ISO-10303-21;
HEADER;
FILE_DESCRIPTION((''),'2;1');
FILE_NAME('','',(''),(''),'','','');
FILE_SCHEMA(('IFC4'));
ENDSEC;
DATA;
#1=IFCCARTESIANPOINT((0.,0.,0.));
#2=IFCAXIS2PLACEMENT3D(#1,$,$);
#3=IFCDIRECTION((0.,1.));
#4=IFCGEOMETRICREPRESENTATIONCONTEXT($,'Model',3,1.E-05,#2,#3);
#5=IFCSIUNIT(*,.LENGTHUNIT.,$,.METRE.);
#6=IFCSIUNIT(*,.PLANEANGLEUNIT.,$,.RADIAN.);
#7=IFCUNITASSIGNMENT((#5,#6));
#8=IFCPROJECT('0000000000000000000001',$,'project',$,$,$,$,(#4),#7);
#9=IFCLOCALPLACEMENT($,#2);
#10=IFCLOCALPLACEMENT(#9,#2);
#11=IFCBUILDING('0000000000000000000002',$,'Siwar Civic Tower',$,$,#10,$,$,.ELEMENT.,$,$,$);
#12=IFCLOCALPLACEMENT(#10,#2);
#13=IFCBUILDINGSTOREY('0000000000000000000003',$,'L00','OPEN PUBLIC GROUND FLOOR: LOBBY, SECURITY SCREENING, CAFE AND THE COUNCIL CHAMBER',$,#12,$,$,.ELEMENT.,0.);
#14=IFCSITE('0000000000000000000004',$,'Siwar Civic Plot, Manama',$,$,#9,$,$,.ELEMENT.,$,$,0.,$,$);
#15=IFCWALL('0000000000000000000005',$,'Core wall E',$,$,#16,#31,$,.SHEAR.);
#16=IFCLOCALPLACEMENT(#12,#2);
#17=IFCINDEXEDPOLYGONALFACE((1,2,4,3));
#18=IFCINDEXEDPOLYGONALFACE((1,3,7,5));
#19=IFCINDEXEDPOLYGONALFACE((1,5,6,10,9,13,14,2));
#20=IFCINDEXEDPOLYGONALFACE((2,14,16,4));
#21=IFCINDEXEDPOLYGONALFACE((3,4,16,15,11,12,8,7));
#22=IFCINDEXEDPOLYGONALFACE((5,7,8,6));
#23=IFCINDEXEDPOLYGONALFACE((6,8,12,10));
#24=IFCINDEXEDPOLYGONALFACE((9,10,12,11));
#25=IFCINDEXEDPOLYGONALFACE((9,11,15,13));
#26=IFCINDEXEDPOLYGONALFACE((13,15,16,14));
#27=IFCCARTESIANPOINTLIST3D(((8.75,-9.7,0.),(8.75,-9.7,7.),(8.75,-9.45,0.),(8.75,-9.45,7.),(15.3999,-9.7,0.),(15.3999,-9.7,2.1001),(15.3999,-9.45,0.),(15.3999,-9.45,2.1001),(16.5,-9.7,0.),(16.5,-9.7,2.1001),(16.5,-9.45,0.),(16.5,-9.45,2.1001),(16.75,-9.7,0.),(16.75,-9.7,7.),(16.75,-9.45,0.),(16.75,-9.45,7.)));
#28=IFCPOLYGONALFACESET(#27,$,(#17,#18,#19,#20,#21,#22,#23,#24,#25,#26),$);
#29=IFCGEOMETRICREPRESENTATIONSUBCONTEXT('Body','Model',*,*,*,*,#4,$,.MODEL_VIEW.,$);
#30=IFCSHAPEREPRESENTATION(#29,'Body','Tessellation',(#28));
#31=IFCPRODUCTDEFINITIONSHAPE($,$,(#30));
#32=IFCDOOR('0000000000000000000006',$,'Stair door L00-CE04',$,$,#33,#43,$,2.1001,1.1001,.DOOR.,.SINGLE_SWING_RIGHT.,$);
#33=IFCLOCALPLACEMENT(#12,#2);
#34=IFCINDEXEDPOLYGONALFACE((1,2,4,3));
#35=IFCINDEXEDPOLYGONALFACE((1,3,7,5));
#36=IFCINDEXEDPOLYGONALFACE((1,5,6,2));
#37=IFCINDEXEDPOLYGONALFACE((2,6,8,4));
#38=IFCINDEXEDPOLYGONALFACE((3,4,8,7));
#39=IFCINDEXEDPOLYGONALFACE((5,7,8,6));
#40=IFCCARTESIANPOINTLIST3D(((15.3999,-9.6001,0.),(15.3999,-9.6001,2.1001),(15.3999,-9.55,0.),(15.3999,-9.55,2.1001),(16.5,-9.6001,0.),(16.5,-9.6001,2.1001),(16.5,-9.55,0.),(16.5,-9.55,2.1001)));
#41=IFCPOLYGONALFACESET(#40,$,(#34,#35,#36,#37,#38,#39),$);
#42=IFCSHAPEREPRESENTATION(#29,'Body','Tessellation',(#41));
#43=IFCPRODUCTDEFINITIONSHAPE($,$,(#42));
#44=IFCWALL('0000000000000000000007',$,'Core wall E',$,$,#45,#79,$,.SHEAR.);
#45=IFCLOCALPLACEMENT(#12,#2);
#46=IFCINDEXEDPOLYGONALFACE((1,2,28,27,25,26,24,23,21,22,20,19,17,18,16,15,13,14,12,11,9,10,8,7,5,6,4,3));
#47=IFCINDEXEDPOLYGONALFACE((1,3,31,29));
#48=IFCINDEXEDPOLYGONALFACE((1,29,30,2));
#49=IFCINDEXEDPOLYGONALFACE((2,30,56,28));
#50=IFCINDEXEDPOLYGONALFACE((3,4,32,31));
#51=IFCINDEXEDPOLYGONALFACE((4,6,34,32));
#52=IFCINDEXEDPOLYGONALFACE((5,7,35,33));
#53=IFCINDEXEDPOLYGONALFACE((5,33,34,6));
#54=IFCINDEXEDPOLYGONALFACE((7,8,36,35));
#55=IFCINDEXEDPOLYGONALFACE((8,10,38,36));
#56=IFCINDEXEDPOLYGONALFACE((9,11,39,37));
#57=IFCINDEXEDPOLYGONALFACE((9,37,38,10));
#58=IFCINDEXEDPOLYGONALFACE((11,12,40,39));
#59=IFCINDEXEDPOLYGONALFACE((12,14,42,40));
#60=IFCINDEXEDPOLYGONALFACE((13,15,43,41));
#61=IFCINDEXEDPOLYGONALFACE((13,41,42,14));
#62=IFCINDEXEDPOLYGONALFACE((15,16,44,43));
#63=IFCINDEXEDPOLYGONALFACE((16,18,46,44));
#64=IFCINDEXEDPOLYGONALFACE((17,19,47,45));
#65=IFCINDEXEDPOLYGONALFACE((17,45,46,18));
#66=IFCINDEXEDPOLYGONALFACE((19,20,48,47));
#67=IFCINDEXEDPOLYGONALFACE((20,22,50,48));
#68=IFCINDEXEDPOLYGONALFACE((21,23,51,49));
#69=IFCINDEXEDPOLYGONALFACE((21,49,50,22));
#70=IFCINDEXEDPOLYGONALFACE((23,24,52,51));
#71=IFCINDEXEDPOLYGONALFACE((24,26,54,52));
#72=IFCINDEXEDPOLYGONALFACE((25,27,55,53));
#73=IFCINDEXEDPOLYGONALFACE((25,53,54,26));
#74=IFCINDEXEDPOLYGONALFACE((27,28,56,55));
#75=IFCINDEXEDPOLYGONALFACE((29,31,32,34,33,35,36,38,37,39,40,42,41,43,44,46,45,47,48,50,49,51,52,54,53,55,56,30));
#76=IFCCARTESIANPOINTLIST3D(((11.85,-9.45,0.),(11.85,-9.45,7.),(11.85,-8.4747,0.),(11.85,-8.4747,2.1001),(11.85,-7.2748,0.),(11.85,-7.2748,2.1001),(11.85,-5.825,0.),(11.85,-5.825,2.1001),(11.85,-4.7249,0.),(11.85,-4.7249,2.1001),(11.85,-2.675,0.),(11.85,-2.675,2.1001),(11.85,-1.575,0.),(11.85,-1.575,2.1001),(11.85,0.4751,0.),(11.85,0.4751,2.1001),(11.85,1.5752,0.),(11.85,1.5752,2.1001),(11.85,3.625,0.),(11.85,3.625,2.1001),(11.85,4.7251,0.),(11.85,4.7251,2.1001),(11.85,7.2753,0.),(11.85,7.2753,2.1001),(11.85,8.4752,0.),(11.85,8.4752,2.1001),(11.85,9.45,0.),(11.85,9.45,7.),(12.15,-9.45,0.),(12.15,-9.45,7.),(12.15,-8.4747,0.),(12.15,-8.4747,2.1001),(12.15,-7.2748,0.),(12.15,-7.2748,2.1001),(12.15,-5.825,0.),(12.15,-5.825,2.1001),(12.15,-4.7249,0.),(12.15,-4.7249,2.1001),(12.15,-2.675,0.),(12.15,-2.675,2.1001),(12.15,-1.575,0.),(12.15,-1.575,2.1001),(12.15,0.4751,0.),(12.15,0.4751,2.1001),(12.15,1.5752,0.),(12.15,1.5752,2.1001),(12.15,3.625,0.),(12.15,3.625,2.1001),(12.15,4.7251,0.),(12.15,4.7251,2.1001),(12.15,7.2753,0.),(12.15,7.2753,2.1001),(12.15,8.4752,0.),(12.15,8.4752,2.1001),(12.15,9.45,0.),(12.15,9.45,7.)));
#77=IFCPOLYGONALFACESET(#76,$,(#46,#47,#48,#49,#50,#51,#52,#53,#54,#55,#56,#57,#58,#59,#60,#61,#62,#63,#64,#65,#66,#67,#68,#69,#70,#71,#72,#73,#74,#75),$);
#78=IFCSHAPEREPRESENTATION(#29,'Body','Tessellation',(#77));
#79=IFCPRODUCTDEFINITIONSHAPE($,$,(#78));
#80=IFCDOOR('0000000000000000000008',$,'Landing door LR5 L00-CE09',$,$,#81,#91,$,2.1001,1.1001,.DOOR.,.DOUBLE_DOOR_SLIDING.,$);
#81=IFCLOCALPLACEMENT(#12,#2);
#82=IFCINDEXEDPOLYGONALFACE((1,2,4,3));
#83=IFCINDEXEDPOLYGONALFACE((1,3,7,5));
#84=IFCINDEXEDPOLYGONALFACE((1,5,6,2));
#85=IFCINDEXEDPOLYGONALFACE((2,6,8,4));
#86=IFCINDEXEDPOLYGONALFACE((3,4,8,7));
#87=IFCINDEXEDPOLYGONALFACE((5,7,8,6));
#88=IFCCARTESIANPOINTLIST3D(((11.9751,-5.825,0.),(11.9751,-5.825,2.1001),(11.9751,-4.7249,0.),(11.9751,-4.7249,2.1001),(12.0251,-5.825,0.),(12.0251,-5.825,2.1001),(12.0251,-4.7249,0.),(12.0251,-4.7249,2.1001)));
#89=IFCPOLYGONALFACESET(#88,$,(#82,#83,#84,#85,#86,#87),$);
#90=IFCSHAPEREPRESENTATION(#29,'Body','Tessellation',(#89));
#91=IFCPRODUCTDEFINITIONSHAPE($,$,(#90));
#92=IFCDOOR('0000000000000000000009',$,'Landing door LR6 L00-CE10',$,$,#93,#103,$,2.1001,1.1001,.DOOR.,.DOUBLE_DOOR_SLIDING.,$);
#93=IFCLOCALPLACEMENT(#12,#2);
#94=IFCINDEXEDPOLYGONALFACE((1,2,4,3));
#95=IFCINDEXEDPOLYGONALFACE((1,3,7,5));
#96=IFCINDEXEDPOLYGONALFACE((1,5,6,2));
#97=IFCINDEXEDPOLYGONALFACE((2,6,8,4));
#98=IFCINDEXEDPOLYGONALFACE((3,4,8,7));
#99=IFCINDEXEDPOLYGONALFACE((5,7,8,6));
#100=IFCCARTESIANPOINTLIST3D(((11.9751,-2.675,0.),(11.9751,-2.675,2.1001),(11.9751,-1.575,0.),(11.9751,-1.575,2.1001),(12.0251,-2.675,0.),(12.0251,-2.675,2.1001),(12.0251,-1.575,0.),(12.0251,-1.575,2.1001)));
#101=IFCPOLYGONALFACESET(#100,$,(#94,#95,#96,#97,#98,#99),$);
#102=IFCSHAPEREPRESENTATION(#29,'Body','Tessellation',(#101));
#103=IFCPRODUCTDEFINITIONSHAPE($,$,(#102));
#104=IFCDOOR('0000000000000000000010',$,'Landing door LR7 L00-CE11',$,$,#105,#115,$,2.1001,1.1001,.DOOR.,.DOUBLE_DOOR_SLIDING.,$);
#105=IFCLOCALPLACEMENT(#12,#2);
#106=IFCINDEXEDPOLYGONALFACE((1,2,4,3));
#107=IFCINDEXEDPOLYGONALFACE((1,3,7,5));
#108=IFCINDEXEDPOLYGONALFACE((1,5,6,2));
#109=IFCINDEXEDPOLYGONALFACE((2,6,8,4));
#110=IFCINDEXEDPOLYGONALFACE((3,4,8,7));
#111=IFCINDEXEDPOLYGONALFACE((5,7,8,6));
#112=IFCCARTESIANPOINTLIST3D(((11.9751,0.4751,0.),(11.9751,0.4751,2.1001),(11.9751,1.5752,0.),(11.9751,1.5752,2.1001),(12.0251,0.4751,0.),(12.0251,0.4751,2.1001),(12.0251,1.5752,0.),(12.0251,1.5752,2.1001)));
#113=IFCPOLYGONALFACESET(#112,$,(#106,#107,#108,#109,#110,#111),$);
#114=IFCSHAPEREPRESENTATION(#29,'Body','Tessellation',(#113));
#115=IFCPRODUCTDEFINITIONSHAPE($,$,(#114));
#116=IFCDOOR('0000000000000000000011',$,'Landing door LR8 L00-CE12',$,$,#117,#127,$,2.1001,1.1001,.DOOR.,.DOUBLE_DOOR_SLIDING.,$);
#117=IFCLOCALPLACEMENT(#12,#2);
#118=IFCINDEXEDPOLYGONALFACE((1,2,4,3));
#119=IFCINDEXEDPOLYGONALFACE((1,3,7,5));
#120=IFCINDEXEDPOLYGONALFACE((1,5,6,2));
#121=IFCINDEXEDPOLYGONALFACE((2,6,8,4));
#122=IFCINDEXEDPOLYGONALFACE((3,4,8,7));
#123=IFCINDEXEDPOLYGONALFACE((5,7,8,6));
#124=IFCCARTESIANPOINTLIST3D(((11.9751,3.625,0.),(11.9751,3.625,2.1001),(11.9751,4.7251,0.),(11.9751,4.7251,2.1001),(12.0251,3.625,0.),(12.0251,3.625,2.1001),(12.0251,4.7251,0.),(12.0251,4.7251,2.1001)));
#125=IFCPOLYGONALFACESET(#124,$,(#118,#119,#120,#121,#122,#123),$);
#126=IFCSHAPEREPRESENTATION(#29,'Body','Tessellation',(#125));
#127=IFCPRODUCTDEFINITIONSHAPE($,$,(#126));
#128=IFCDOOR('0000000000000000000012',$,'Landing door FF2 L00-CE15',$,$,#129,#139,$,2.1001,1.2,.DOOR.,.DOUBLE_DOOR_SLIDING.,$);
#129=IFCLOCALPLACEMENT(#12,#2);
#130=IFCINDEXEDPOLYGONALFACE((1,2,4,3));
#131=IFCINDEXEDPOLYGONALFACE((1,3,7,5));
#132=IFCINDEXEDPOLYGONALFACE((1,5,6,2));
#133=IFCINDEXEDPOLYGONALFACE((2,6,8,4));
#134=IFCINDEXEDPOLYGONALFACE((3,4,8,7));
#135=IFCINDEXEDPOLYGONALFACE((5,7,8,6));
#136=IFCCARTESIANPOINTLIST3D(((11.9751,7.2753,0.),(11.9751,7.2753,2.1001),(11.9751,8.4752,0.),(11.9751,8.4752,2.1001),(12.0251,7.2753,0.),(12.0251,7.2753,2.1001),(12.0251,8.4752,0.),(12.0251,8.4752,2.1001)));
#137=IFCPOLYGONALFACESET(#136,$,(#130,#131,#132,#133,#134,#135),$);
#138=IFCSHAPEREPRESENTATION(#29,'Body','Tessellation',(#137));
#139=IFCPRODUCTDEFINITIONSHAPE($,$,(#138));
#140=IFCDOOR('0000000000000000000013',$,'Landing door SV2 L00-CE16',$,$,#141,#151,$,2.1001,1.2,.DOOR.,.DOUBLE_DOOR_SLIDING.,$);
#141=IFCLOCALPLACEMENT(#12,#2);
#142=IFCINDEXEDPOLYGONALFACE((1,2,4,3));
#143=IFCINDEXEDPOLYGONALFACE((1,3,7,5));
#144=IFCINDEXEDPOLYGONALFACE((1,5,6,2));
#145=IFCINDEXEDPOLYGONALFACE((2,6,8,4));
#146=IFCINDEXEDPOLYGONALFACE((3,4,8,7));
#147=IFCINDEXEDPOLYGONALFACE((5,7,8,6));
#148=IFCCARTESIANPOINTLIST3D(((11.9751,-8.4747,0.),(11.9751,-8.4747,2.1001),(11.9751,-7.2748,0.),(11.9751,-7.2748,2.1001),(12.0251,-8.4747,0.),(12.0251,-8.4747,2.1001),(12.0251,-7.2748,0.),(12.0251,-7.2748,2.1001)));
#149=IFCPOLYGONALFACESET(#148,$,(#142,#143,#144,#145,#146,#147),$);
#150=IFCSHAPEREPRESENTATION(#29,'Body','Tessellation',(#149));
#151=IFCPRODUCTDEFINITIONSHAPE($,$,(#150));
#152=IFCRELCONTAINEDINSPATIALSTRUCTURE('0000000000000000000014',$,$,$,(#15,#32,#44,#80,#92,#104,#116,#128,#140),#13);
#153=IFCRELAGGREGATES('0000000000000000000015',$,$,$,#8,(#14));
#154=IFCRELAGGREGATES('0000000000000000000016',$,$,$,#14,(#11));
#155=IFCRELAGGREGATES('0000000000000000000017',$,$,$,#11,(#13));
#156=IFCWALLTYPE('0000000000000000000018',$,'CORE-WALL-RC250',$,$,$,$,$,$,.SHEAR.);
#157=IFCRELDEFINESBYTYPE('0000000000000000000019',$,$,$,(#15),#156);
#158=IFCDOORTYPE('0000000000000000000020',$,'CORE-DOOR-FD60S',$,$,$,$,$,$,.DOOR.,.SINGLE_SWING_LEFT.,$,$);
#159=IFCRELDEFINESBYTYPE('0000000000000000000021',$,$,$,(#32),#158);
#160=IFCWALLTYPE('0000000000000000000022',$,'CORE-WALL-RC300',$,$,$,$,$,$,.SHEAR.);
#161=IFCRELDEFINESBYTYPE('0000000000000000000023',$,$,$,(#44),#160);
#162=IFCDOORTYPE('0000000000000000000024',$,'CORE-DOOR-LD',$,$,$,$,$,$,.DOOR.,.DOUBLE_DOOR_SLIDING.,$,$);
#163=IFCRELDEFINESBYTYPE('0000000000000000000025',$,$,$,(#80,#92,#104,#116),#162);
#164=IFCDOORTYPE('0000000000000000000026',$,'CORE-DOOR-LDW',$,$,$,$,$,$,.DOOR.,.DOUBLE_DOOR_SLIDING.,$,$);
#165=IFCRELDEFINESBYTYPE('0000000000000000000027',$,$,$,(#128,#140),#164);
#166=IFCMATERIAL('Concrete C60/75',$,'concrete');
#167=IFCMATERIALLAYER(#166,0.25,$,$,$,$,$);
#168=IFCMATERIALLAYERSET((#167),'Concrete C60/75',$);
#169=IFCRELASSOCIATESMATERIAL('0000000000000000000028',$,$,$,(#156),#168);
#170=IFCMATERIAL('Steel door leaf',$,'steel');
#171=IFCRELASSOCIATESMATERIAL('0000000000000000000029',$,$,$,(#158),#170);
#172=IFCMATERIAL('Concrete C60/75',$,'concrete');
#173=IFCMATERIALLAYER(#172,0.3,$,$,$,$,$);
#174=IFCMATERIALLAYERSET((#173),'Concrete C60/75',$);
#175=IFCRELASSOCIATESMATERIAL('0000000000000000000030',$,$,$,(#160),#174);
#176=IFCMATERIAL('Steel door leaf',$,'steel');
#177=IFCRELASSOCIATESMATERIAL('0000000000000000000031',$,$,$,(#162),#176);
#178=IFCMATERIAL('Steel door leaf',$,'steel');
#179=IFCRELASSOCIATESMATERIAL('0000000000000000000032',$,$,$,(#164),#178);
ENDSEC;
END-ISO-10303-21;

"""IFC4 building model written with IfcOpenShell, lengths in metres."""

from ifc_helpers import new_model, si_unit, direction, frame, frame_2d, origin, place, context, subcontext, project, spatial, rectangle, extrude, material, layer, layer_set, type_object, element, fill, save


model = new_model("IFC4")

# Units and contexts
model_context = context("Model", 3, precision=1e-05, world=origin(), true_north=direction((0.0, 1.0)))
body_context = subcontext(model_context, "Body", "Model", "MODEL_VIEW")
ifc_project = project(units=[si_unit("LENGTHUNIT", "METRE"), si_unit("PLANEANGLEUNIT", "RADIAN")], contexts=[model_context])

# Site, building, storey
site_placement = place(None, origin())
site = spatial("IfcSite", under=ifc_project, at=site_placement, Name="Siwar Civic Plot, Manama", CompositionType="ELEMENT", RefElevation=0.0)
building_placement = place(site_placement, origin())
building = spatial("IfcBuilding", under=site, at=building_placement, Name="Siwar Civic Tower", CompositionType="ELEMENT")
storey_placement = place(building_placement, origin())
storey = spatial("IfcBuildingStorey", under=building, at=storey_placement, Name="L00", Description="OPEN PUBLIC GROUND FLOOR: LOBBY, SECURITY SCREENING, CAFE AND THE COUNCIL CHAMBER", CompositionType="ELEMENT", Elevation=0.0)

# Wall, opening, door
ifc_material_1 = material(Name="Concrete C60/75", Category="concrete")
ifc_layer_1 = layer(ifc_material_1, 0.25)
ifc_layer_set_1 = layer_set([ifc_layer_1], Name="Concrete C60/75")
wall_type_1 = type_object("IfcWallType", Name="CORE-WALL-RC250", PredefinedType="SHEAR", material=ifc_layer_set_1)
wall_1_placement = place(storey_placement, frame((8.75, -9.575, 0.0), z_axis=(0.0, 0.0, 1.0), x_axis=(1.0, 0.0, 0.0)))
wall_1 = element("IfcWall", 1, at=wall_1_placement, inside=storey, type_object=wall_type_1, Name="Core wall E", PredefinedType="SHEAR", context=body_context, shape_type="SweptSolid", body=[
    extrude(rectangle(XDim=8.0, YDim=0.25, at=frame_2d((4.0, 0.0))), origin(), (0.0, 0.0, 1.0), 7.0),
])
opening_1_placement = place(wall_1_placement, frame((6.6499, 0.0, 0.0)))
opening_1 = element("IfcOpeningElement", 2, at=opening_1_placement, cuts=wall_1, PredefinedType="OPENING", context=body_context, shape_type="SweptSolid", body=[
    extrude(rectangle(XDim=1.1001, YDim=2.1001, at=frame_2d((0.55, 1.05))), frame((0.0, 0.135, 0.0), z_axis=(0.0, -1.0, 0.0), x_axis=(1.0, 0.0, 0.0)), (0.0, 0.0, 1.0), 0.27),
])
ifc_material_2 = material(Name="Steel door leaf", Category="steel")
door_type_1 = type_object("IfcDoorType", Name="CORE-DOOR-FD60S", OperationType="SINGLE_SWING_LEFT", PredefinedType="DOOR", material=ifc_material_2)
door_1_placement = place(opening_1_placement, origin())
door_1 = element("IfcDoor", 3, at=door_1_placement, inside=storey, type_object=door_type_1, Name="Stair door L00-CE04", OperationType="SINGLE_SWING_RIGHT", OverallHeight=2.1001, OverallWidth=1.1001, PredefinedType="DOOR", context=body_context, shape_type="SweptSolid", body=[
    extrude(rectangle(XDim=1.1001, YDim=2.1001, at=frame_2d((0.55, 1.05))), frame((0.0, 0.0249, 0.0), z_axis=(0.0, -1.0, 0.0), x_axis=(1.0, 0.0, 0.0)), (0.0, 0.0, 1.0), 0.05),
])
fill(opening_1, door_1)

# Wall, openings, doors
ifc_material_3 = material(Name="Concrete C60/75", Category="concrete")
ifc_layer_2 = layer(ifc_material_3, 0.3)
ifc_layer_set_2 = layer_set([ifc_layer_2], Name="Concrete C60/75")
wall_type_2 = type_object("IfcWallType", Name="CORE-WALL-RC300", PredefinedType="SHEAR", material=ifc_layer_set_2)
wall_2_placement = place(storey_placement, frame((12.0, -9.45, 0.0), z_axis=(0.0, 0.0, 1.0), x_axis=(0.0, 1.0, 0.0)))
wall_2 = element("IfcWall", 4, at=wall_2_placement, inside=storey, type_object=wall_type_2, Name="Core wall E", PredefinedType="SHEAR", context=body_context, shape_type="SweptSolid", body=[
    extrude(rectangle(XDim=18.8999, YDim=0.3, at=frame_2d((9.45, 0.0))), origin(), (0.0, 0.0, 1.0), 7.0),
])
opening_2_placement = place(wall_2_placement, frame((3.625, 0.0, 0.0)))
opening_2 = element("IfcOpeningElement", 5, at=opening_2_placement, cuts=wall_2, PredefinedType="OPENING", context=body_context, shape_type="SweptSolid", body=[
    extrude(rectangle(XDim=1.1001, YDim=2.1001, at=frame_2d((0.55, 1.05))), frame((0.0, 0.1602, 0.0), z_axis=(0.0, -1.0, 0.0), x_axis=(1.0, 0.0, 0.0)), (0.0, 0.0, 1.0), 0.3201),
])
opening_3_placement = place(wall_2_placement, frame((6.7749, 0.0, 0.0)))
opening_3 = element("IfcOpeningElement", 6, at=opening_3_placement, cuts=wall_2, PredefinedType="OPENING", context=body_context, shape_type="SweptSolid", body=[
    extrude(rectangle(XDim=1.1001, YDim=2.1001, at=frame_2d((0.55, 1.05))), frame((0.0, 0.1602, 0.0), z_axis=(0.0, -1.0, 0.0), x_axis=(1.0, 0.0, 0.0)), (0.0, 0.0, 1.0), 0.3201),
])
opening_4_placement = place(wall_2_placement, frame((9.925, 0.0, 0.0)))
opening_4 = element("IfcOpeningElement", 7, at=opening_4_placement, cuts=wall_2, PredefinedType="OPENING", context=body_context, shape_type="SweptSolid", body=[
    extrude(rectangle(XDim=1.1001, YDim=2.1001, at=frame_2d((0.55, 1.05))), frame((0.0, 0.1602, 0.0), z_axis=(0.0, -1.0, 0.0), x_axis=(1.0, 0.0, 0.0)), (0.0, 0.0, 1.0), 0.3201),
])
opening_5_placement = place(wall_2_placement, frame((13.075, 0.0, 0.0)))
opening_5 = element("IfcOpeningElement", 8, at=opening_5_placement, cuts=wall_2, PredefinedType="OPENING", context=body_context, shape_type="SweptSolid", body=[
    extrude(rectangle(XDim=1.1001, YDim=2.1001, at=frame_2d((0.55, 1.05))), frame((0.0, 0.1602, 0.0), z_axis=(0.0, -1.0, 0.0), x_axis=(1.0, 0.0, 0.0)), (0.0, 0.0, 1.0), 0.3201),
])
opening_6_placement = place(wall_2_placement, frame((16.7251, 0.0, 0.0)))
opening_6 = element("IfcOpeningElement", 9, at=opening_6_placement, cuts=wall_2, PredefinedType="OPENING", context=body_context, shape_type="SweptSolid", body=[
    extrude(rectangle(XDim=1.2, YDim=2.1001, at=frame_2d((0.6001, 1.05))), frame((0.0, 0.1602, 0.0), z_axis=(0.0, -1.0, 0.0), x_axis=(1.0, 0.0, 0.0)), (0.0, 0.0, 1.0), 0.3201),
])
opening_7_placement = place(wall_2_placement, frame((0.9751, 0.0, 0.0)))
opening_7 = element("IfcOpeningElement", 10, at=opening_7_placement, cuts=wall_2, PredefinedType="OPENING", context=body_context, shape_type="SweptSolid", body=[
    extrude(rectangle(XDim=1.2, YDim=2.1001, at=frame_2d((0.6001, 1.05))), frame((0.0, 0.1602, 0.0), z_axis=(0.0, -1.0, 0.0), x_axis=(1.0, 0.0, 0.0)), (0.0, 0.0, 1.0), 0.3201),
])
ifc_material_4 = material(Name="Steel door leaf", Category="steel")
door_type_2 = type_object("IfcDoorType", Name="CORE-DOOR-LD", OperationType="DOUBLE_DOOR_SLIDING", PredefinedType="DOOR", material=ifc_material_4)
door_2_placement = place(opening_2_placement, origin())
door_2 = element("IfcDoor", 11, at=door_2_placement, inside=storey, type_object=door_type_2, Name="Landing door LR5 L00-CE09", OperationType="DOUBLE_DOOR_SLIDING", OverallHeight=2.1001, OverallWidth=1.1001, PredefinedType="DOOR", context=body_context, shape_type="SweptSolid", body=[
    extrude(rectangle(XDim=1.1001, YDim=2.1001, at=frame_2d((0.55, 1.05))), frame((0.0, 0.0249, 0.0), z_axis=(0.0, -1.0, 0.0), x_axis=(1.0, 0.0, 0.0)), (0.0, 0.0, 1.0), 0.05),
])
fill(opening_2, door_2)
door_3_placement = place(opening_3_placement, origin())
door_3 = element("IfcDoor", 12, at=door_3_placement, inside=storey, type_object=door_type_2, Name="Landing door LR6 L00-CE10", OperationType="DOUBLE_DOOR_SLIDING", OverallHeight=2.1001, OverallWidth=1.1001, PredefinedType="DOOR", context=body_context, shape_type="SweptSolid", body=[
    extrude(rectangle(XDim=1.1001, YDim=2.1001, at=frame_2d((0.55, 1.05))), frame((0.0, 0.0249, 0.0), z_axis=(0.0, -1.0, 0.0), x_axis=(1.0, 0.0, 0.0)), (0.0, 0.0, 1.0), 0.05),
])
fill(opening_3, door_3)
door_4_placement = place(opening_4_placement, origin())
door_4 = element("IfcDoor", 13, at=door_4_placement, inside=storey, type_object=door_type_2, Name="Landing door LR7 L00-CE11", OperationType="DOUBLE_DOOR_SLIDING", OverallHeight=2.1001, OverallWidth=1.1001, PredefinedType="DOOR", context=body_context, shape_type="SweptSolid", body=[
    extrude(rectangle(XDim=1.1001, YDim=2.1001, at=frame_2d((0.55, 1.05))), frame((0.0, 0.0249, 0.0), z_axis=(0.0, -1.0, 0.0), x_axis=(1.0, 0.0, 0.0)), (0.0, 0.0, 1.0), 0.05),
])
fill(opening_4, door_4)
door_5_placement = place(opening_5_placement, origin())
door_5 = element("IfcDoor", 14, at=door_5_placement, inside=storey, type_object=door_type_2, Name="Landing door LR8 L00-CE12", OperationType="DOUBLE_DOOR_SLIDING", OverallHeight=2.1001, OverallWidth=1.1001, PredefinedType="DOOR", context=body_context, shape_type="SweptSolid", body=[
    extrude(rectangle(XDim=1.1001, YDim=2.1001, at=frame_2d((0.55, 1.05))), frame((0.0, 0.0249, 0.0), z_axis=(0.0, -1.0, 0.0), x_axis=(1.0, 0.0, 0.0)), (0.0, 0.0, 1.0), 0.05),
])
fill(opening_5, door_5)
ifc_material_5 = material(Name="Steel door leaf", Category="steel")
door_type_3 = type_object("IfcDoorType", Name="CORE-DOOR-LDW", OperationType="DOUBLE_DOOR_SLIDING", PredefinedType="DOOR", material=ifc_material_5)
door_6_placement = place(opening_6_placement, origin())
door_6 = element("IfcDoor", 15, at=door_6_placement, inside=storey, type_object=door_type_3, Name="Landing door FF2 L00-CE15", OperationType="DOUBLE_DOOR_SLIDING", OverallHeight=2.1001, OverallWidth=1.2, PredefinedType="DOOR", context=body_context, shape_type="SweptSolid", body=[
    extrude(rectangle(XDim=1.2, YDim=2.1001, at=frame_2d((0.6001, 1.05))), frame((0.0, 0.0249, 0.0), z_axis=(0.0, -1.0, 0.0), x_axis=(1.0, 0.0, 0.0)), (0.0, 0.0, 1.0), 0.05),
])
fill(opening_6, door_6)
door_7_placement = place(opening_7_placement, origin())
door_7 = element("IfcDoor", 16, at=door_7_placement, inside=storey, type_object=door_type_3, Name="Landing door SV2 L00-CE16", OperationType="DOUBLE_DOOR_SLIDING", OverallHeight=2.1001, OverallWidth=1.2, PredefinedType="DOOR", context=body_context, shape_type="SweptSolid", body=[
    extrude(rectangle(XDim=1.2, YDim=2.1001, at=frame_2d((0.6001, 1.05))), frame((0.0, 0.0249, 0.0), z_axis=(0.0, -1.0, 0.0), x_axis=(1.0, 0.0, 0.0)), (0.0, 0.0, 1.0), 0.05),
])
fill(opening_7, door_7)

save(model, "model.ifc")
